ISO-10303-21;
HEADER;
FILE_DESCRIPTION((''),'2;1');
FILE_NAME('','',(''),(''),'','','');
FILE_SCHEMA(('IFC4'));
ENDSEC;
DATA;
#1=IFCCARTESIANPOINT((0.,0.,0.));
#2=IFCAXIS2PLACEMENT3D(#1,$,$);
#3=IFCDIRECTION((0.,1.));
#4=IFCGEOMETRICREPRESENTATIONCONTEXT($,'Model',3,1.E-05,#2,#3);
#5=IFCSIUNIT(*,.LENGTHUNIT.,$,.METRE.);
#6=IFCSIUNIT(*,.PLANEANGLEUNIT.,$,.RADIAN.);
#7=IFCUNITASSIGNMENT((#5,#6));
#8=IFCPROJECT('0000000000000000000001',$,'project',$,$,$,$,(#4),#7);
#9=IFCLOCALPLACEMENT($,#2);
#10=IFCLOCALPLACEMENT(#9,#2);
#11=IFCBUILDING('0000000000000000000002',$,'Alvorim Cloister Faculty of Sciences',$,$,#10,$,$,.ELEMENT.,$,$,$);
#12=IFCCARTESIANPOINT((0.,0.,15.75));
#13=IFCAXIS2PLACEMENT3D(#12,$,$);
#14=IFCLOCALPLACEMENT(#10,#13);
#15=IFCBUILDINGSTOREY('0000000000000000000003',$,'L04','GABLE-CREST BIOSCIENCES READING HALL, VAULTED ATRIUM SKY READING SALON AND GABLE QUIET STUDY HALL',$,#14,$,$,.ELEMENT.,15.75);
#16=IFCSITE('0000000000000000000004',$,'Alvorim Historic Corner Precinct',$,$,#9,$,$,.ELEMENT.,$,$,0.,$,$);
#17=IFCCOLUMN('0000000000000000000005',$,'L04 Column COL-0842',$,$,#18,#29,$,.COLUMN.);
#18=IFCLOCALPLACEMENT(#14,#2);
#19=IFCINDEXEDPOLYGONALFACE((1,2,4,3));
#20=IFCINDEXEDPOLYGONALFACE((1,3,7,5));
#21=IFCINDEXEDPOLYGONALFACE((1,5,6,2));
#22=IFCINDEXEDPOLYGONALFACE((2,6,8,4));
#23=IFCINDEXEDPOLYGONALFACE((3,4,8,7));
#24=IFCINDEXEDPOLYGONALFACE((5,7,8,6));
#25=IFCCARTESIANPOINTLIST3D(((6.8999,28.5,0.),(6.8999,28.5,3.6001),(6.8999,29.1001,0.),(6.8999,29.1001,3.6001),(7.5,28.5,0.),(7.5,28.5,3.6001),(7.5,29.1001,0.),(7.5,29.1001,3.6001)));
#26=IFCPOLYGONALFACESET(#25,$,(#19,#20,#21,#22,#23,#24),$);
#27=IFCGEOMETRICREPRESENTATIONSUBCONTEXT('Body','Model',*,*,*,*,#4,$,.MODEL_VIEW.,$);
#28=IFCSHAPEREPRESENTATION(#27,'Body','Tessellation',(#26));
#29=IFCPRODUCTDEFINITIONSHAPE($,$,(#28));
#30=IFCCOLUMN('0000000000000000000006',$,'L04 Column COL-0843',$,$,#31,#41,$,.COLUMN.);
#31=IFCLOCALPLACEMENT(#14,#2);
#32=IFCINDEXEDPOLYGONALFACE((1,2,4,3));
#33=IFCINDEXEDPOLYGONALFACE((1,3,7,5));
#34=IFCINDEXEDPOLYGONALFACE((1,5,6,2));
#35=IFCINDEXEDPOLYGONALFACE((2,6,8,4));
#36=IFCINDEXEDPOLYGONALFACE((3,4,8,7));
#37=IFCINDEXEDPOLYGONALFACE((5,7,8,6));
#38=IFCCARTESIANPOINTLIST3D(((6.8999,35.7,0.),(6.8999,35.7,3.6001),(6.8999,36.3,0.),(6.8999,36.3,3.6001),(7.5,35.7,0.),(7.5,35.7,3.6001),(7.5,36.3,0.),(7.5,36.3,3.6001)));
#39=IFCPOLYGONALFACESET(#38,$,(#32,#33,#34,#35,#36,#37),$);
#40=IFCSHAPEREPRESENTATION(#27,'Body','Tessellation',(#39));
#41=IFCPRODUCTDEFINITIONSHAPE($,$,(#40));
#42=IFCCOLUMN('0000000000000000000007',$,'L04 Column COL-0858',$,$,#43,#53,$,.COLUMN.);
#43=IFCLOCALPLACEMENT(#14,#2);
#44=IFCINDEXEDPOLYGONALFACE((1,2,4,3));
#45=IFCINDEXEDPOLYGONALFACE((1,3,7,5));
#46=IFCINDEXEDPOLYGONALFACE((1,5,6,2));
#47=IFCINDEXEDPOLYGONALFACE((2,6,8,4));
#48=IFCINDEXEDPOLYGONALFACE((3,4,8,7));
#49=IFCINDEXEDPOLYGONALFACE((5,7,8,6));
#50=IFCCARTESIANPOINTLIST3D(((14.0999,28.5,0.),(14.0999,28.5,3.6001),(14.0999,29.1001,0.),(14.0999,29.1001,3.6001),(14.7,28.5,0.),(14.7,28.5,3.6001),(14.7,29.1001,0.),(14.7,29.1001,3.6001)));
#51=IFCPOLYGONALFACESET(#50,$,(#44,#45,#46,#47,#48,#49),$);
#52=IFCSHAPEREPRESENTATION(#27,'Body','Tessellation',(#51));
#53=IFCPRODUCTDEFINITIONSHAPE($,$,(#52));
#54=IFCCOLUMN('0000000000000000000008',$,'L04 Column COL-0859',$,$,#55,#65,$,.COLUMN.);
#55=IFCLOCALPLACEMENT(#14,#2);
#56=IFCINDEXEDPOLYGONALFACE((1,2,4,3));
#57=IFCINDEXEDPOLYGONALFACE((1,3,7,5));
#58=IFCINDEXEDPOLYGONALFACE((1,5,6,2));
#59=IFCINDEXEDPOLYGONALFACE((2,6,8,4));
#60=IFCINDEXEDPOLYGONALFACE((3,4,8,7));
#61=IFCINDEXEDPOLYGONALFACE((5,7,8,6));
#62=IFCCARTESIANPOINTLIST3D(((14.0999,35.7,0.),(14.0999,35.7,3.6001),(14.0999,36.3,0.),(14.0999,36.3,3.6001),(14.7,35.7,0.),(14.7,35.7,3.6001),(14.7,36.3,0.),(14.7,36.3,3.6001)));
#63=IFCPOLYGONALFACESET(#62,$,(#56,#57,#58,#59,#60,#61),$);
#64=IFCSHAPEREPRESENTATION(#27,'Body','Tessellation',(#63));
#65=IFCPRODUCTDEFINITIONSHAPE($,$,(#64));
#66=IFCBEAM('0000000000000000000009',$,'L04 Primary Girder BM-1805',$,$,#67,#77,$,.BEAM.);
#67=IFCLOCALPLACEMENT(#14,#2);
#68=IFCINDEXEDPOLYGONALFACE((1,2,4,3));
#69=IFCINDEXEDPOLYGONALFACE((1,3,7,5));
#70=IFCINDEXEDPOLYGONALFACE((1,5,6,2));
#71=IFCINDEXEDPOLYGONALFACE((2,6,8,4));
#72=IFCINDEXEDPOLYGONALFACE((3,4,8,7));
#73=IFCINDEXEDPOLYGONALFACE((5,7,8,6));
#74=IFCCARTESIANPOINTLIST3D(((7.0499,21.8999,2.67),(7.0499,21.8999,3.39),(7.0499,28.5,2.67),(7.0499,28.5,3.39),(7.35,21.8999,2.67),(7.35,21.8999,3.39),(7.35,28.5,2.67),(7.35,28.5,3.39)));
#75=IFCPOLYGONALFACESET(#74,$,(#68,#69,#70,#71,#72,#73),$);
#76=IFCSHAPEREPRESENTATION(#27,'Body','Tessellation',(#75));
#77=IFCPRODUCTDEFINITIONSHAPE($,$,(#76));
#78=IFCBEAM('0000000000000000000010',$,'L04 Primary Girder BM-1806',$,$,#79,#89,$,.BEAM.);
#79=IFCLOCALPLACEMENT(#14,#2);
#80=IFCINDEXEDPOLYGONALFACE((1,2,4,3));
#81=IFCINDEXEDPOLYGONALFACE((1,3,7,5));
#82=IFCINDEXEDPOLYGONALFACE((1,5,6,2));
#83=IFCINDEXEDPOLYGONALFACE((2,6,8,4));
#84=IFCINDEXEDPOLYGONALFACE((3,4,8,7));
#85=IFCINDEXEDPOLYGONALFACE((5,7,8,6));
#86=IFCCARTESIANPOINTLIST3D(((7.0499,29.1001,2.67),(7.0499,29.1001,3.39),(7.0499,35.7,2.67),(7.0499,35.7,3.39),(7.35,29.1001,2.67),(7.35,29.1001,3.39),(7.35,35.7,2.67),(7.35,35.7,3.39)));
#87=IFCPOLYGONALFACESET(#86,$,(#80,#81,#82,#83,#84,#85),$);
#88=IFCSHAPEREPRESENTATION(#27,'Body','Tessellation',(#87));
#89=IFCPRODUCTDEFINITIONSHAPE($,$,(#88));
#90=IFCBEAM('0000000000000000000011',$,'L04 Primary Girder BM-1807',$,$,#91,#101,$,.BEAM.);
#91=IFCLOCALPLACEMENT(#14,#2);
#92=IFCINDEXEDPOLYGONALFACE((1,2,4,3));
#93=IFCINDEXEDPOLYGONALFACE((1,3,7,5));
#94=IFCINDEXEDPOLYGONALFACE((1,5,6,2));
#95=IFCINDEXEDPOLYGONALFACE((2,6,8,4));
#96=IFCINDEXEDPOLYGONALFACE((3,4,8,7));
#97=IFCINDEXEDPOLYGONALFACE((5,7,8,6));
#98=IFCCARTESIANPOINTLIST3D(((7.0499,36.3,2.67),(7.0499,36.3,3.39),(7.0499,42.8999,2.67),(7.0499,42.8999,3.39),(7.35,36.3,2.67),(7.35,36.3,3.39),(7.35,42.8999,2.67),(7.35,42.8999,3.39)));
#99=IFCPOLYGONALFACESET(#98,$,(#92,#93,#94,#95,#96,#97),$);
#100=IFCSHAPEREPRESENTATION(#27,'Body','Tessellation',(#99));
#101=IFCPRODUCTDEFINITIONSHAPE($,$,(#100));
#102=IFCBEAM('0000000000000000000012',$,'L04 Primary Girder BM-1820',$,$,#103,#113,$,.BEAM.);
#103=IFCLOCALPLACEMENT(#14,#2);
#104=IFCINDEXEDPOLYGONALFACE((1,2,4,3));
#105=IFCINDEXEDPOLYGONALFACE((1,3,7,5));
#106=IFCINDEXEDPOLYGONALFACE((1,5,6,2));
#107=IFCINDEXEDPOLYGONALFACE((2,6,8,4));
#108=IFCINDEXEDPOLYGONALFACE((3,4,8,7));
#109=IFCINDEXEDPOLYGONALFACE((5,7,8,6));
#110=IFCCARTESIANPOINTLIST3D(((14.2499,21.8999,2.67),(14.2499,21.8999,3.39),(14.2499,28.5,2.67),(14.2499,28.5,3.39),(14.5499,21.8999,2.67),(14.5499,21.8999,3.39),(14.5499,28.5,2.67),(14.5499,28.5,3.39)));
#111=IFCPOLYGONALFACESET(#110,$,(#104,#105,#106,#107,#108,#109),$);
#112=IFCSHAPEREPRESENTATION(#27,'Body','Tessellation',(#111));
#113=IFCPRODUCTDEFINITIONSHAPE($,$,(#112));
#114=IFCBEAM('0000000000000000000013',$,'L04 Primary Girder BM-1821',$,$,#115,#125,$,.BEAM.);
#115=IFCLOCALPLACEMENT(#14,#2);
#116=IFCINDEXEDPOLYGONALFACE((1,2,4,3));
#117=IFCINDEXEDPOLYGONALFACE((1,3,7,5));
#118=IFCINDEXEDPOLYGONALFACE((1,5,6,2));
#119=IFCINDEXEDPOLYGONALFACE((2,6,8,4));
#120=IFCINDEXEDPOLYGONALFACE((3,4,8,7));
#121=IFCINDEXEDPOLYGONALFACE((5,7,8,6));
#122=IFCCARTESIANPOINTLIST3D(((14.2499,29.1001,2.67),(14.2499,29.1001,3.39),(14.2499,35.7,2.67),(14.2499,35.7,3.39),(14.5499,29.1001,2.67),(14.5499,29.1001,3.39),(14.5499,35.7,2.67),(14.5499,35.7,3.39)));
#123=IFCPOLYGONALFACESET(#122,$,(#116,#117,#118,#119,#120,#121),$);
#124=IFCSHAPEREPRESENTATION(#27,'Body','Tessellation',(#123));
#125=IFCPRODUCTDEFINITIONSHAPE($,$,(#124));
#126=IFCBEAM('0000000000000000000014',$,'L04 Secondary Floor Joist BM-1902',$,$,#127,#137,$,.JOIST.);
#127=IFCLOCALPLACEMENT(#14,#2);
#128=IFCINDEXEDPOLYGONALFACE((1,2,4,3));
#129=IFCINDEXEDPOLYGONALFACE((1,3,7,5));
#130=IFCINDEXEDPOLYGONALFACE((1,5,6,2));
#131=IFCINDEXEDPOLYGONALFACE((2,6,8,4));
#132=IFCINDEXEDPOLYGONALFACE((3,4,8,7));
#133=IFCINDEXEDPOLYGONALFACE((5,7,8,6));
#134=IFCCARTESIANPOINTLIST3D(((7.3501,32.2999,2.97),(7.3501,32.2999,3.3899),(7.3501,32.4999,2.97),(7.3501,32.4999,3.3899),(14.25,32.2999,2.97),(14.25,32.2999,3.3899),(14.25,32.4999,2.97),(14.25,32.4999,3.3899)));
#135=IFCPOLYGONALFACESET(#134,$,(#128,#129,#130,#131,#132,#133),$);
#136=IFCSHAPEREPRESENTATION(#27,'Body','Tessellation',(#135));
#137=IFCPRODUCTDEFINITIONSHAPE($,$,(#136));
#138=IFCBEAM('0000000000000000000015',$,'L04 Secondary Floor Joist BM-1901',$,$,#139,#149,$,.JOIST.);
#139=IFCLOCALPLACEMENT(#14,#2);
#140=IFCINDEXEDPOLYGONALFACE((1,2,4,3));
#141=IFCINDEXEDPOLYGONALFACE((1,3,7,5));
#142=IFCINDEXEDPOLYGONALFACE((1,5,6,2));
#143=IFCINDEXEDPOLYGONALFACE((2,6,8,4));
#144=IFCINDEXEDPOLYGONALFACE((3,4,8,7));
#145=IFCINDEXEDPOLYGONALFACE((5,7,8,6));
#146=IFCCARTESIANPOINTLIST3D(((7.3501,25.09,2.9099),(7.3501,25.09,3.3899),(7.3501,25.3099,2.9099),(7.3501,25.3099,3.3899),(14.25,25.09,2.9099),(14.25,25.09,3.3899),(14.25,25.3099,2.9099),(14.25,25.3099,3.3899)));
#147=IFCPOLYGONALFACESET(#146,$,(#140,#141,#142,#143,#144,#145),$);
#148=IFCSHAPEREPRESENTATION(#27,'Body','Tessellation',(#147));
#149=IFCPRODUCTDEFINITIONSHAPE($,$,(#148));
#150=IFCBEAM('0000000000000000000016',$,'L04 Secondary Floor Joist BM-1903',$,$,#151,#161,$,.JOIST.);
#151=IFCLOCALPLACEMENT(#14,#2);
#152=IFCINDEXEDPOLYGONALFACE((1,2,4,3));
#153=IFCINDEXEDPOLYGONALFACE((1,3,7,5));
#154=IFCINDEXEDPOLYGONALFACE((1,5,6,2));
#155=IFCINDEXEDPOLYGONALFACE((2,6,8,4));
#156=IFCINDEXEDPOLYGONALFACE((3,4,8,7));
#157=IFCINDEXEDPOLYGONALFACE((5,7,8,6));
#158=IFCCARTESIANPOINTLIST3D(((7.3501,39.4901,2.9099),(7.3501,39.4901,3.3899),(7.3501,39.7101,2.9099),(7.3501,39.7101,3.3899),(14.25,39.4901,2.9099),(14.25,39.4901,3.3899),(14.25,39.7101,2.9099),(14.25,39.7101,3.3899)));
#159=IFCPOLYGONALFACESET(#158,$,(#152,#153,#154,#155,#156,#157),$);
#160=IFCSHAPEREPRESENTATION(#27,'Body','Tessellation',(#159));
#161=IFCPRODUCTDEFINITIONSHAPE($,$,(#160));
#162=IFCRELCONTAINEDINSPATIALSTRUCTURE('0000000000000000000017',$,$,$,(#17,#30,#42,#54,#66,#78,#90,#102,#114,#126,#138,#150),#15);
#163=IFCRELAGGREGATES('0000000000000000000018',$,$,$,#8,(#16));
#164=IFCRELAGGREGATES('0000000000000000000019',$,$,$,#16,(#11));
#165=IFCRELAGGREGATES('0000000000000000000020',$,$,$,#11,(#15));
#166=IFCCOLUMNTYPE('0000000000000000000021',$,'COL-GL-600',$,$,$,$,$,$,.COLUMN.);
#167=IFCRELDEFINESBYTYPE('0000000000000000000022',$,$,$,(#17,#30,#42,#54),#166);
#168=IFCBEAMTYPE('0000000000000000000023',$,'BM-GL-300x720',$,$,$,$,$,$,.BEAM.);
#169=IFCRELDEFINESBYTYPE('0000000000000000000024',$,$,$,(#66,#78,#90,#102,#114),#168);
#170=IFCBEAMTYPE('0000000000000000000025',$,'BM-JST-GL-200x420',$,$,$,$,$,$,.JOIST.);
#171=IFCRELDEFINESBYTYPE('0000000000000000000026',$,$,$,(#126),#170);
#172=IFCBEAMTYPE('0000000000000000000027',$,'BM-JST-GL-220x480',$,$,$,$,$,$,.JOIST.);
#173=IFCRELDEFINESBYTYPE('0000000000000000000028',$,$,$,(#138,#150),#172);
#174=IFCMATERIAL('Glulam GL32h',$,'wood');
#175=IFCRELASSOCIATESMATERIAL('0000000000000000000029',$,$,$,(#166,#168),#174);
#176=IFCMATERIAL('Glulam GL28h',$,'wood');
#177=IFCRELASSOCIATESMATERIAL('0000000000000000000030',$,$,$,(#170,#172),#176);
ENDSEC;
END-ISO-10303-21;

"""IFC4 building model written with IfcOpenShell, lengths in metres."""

from ifc_helpers import new_model, si_unit, direction, frame, origin, origin_2d, place, context, subcontext, project, spatial, rectangle, extrude, material, material_profile, profile_set, type_object, element, save


model = new_model("IFC4")

# Units and contexts
model_context = context("Model", 3, precision=1e-05, world=origin(), true_north=direction((0.0, 1.0)))
body_context = subcontext(model_context, "Body", "Model", "MODEL_VIEW")
ifc_project = project(units=[si_unit("LENGTHUNIT", "METRE"), si_unit("PLANEANGLEUNIT", "RADIAN")], contexts=[model_context])

# Site, building, storey
site_placement = place(None, origin())
site = spatial("IfcSite", under=ifc_project, at=site_placement, Name="Alvorim Historic Corner Precinct", CompositionType="ELEMENT", RefElevation=0.0)
building_placement = place(site_placement, origin())
building = spatial("IfcBuilding", under=site, at=building_placement, Name="Alvorim Cloister Faculty of Sciences", CompositionType="ELEMENT")
storey_placement = place(building_placement, frame((0.0, 0.0, 15.75)))
storey = spatial("IfcBuildingStorey", under=building, at=storey_placement, Name="L04", Description="GABLE-CREST BIOSCIENCES READING HALL, VAULTED ATRIUM SKY READING SALON AND GABLE QUIET STUDY HALL", CompositionType="ELEMENT", Elevation=15.75)

# Columns
ifc_material_1 = material(Name="Glulam GL32h", Category="wood")
ifc_material_profile_1 = material_profile(ifc_material_1, rectangle(XDim=0.6001, YDim=0.6001, at=origin_2d()), Name="GL32-COL-600x600")
ifc_profile_set_1 = profile_set([ifc_material_profile_1], Name="Glulam GL32h")
column_type = type_object("IfcColumnType", Name="COL-GL-600", PredefinedType="COLUMN", material=ifc_profile_set_1)
for number, where, z_axis, x_axis, name in (
    (1, (7.2, 28.8, 0.0), (0.0, 0.0, 1.0), (1.0, 0.0, 0.0), "L04 Column COL-0842"),
    (2, (7.2, 36.0, 0.0), (0.0, 0.0, 1.0), (1.0, 0.0, 0.0), "L04 Column COL-0843"),
    (3, (14.3999, 28.8, 0.0), (0.0, 0.0, 1.0), (1.0, 0.0, 0.0), "L04 Column COL-0858"),
    (4, (14.3999, 36.0, 0.0), (0.0, 0.0, 1.0), (1.0, 0.0, 0.0), "L04 Column COL-0859"),
):
    element("IfcColumn", number, at=place(storey_placement, frame(where, z_axis=z_axis, x_axis=x_axis)), inside=storey, type_object=column_type, Name=name, PredefinedType="COLUMN", context=body_context, shape_type="SweptSolid", body=[
        extrude(rectangle(XDim=0.6001, YDim=0.6001, at=origin_2d()), origin(), (0.0, 0.0, 1.0), 3.6001),
    ])

# Beams
ifc_material_profile_2 = material_profile(ifc_material_1, rectangle(XDim=0.3, YDim=0.72, at=origin_2d()), Name="GL32-BM-300x720")
ifc_profile_set_2 = profile_set([ifc_material_profile_2], Name="Glulam GL32h")
beam_type_1 = type_object("IfcBeamType", Name="BM-GL-300x720", PredefinedType="BEAM", material=ifc_profile_set_2)
beam_1_placement = place(storey_placement, frame((7.2, 21.8999, 3.03), z_axis=(0.0, 1.0, 0.0), x_axis=(-1.0, 0.0, 0.0)))
element("IfcBeam", 5, at=beam_1_placement, inside=storey, type_object=beam_type_1, Name="L04 Primary Girder BM-1805", PredefinedType="BEAM", context=body_context, shape_type="SweptSolid", body=[
    extrude(rectangle(XDim=0.3, YDim=0.72, at=origin_2d()), origin(), (0.0, 0.0, 1.0), 6.6001),
])
for number, where, z_axis, x_axis, name in (
    (6, (7.2, 29.1001, 3.03), (0.0, 1.0, 0.0), (-1.0, 0.0, 0.0), "L04 Primary Girder BM-1806"),
    (7, (7.2, 36.3, 3.03), (0.0, 1.0, 0.0), (-1.0, 0.0, 0.0), "L04 Primary Girder BM-1807"),
):
    element("IfcBeam", number, at=place(storey_placement, frame(where, z_axis=z_axis, x_axis=x_axis)), inside=storey, type_object=beam_type_1, Name=name, PredefinedType="BEAM", context=body_context, shape_type="SweptSolid", body=[
        extrude(rectangle(XDim=0.3, YDim=0.72, at=origin_2d()), origin(), (0.0, 0.0, 1.0), 6.5999),
    ])
beam_2_placement = place(storey_placement, frame((14.3999, 21.8999, 3.03), z_axis=(0.0, 1.0, 0.0), x_axis=(-1.0, 0.0, 0.0)))
element("IfcBeam", 8, at=beam_2_placement, inside=storey, type_object=beam_type_1, Name="L04 Primary Girder BM-1820", PredefinedType="BEAM", context=body_context, shape_type="SweptSolid", body=[
    extrude(rectangle(XDim=0.3, YDim=0.72, at=origin_2d()), origin(), (0.0, 0.0, 1.0), 6.6001),
])
beam_3_placement = place(storey_placement, frame((14.3999, 29.1001, 3.03), z_axis=(0.0, 1.0, 0.0), x_axis=(-1.0, 0.0, 0.0)))
element("IfcBeam", 9, at=beam_3_placement, inside=storey, type_object=beam_type_1, Name="L04 Primary Girder BM-1821", PredefinedType="BEAM", context=body_context, shape_type="SweptSolid", body=[
    extrude(rectangle(XDim=0.3, YDim=0.72, at=origin_2d()), origin(), (0.0, 0.0, 1.0), 6.5999),
])
ifc_material_2 = material(Name="Glulam GL28h", Category="wood")
ifc_material_profile_3 = material_profile(ifc_material_2, rectangle(XDim=0.2, YDim=0.4199, at=origin_2d()), Name="GL28-JST-200x420")
ifc_profile_set_3 = profile_set([ifc_material_profile_3], Name="Glulam GL28h")
beam_type_2 = type_object("IfcBeamType", Name="BM-JST-GL-200x420", PredefinedType="JOIST", material=ifc_profile_set_3)
beam_4_placement = place(storey_placement, frame((7.3501, 32.3999, 3.1799), z_axis=(1.0, 0.0, 0.0), x_axis=(0.0, 1.0, 0.0)))
element("IfcBeam", 10, at=beam_4_placement, inside=storey, type_object=beam_type_2, Name="L04 Secondary Floor Joist BM-1902", PredefinedType="JOIST", context=body_context, shape_type="SweptSolid", body=[
    extrude(rectangle(XDim=0.2, YDim=0.4199, at=origin_2d()), origin(), (0.0, 0.0, 1.0), 6.8999),
])
ifc_material_profile_4 = material_profile(ifc_material_2, rectangle(XDim=0.22, YDim=0.48, at=origin_2d()), Name="GL28-JST-220x480")
ifc_profile_set_4 = profile_set([ifc_material_profile_4], Name="Glulam GL28h")
beam_type_3 = type_object("IfcBeamType", Name="BM-JST-GL-220x480", PredefinedType="JOIST", material=ifc_profile_set_4)
for number, where, z_axis, x_axis, name in (
    (11, (7.3501, 25.2, 3.1499), (1.0, 0.0, 0.0), (0.0, 1.0, 0.0), "L04 Secondary Floor Joist BM-1901"),
    (12, (7.3501, 39.6001, 3.1499), (1.0, 0.0, 0.0), (0.0, 1.0, 0.0), "L04 Secondary Floor Joist BM-1903"),
):
    element("IfcBeam", number, at=place(storey_placement, frame(where, z_axis=z_axis, x_axis=x_axis)), inside=storey, type_object=beam_type_3, Name=name, PredefinedType="JOIST", context=body_context, shape_type="SweptSolid", body=[
        extrude(rectangle(XDim=0.22, YDim=0.48, at=origin_2d()), origin(), (0.0, 0.0, 1.0), 6.8999),
    ])

save(model, "model.ifc")
